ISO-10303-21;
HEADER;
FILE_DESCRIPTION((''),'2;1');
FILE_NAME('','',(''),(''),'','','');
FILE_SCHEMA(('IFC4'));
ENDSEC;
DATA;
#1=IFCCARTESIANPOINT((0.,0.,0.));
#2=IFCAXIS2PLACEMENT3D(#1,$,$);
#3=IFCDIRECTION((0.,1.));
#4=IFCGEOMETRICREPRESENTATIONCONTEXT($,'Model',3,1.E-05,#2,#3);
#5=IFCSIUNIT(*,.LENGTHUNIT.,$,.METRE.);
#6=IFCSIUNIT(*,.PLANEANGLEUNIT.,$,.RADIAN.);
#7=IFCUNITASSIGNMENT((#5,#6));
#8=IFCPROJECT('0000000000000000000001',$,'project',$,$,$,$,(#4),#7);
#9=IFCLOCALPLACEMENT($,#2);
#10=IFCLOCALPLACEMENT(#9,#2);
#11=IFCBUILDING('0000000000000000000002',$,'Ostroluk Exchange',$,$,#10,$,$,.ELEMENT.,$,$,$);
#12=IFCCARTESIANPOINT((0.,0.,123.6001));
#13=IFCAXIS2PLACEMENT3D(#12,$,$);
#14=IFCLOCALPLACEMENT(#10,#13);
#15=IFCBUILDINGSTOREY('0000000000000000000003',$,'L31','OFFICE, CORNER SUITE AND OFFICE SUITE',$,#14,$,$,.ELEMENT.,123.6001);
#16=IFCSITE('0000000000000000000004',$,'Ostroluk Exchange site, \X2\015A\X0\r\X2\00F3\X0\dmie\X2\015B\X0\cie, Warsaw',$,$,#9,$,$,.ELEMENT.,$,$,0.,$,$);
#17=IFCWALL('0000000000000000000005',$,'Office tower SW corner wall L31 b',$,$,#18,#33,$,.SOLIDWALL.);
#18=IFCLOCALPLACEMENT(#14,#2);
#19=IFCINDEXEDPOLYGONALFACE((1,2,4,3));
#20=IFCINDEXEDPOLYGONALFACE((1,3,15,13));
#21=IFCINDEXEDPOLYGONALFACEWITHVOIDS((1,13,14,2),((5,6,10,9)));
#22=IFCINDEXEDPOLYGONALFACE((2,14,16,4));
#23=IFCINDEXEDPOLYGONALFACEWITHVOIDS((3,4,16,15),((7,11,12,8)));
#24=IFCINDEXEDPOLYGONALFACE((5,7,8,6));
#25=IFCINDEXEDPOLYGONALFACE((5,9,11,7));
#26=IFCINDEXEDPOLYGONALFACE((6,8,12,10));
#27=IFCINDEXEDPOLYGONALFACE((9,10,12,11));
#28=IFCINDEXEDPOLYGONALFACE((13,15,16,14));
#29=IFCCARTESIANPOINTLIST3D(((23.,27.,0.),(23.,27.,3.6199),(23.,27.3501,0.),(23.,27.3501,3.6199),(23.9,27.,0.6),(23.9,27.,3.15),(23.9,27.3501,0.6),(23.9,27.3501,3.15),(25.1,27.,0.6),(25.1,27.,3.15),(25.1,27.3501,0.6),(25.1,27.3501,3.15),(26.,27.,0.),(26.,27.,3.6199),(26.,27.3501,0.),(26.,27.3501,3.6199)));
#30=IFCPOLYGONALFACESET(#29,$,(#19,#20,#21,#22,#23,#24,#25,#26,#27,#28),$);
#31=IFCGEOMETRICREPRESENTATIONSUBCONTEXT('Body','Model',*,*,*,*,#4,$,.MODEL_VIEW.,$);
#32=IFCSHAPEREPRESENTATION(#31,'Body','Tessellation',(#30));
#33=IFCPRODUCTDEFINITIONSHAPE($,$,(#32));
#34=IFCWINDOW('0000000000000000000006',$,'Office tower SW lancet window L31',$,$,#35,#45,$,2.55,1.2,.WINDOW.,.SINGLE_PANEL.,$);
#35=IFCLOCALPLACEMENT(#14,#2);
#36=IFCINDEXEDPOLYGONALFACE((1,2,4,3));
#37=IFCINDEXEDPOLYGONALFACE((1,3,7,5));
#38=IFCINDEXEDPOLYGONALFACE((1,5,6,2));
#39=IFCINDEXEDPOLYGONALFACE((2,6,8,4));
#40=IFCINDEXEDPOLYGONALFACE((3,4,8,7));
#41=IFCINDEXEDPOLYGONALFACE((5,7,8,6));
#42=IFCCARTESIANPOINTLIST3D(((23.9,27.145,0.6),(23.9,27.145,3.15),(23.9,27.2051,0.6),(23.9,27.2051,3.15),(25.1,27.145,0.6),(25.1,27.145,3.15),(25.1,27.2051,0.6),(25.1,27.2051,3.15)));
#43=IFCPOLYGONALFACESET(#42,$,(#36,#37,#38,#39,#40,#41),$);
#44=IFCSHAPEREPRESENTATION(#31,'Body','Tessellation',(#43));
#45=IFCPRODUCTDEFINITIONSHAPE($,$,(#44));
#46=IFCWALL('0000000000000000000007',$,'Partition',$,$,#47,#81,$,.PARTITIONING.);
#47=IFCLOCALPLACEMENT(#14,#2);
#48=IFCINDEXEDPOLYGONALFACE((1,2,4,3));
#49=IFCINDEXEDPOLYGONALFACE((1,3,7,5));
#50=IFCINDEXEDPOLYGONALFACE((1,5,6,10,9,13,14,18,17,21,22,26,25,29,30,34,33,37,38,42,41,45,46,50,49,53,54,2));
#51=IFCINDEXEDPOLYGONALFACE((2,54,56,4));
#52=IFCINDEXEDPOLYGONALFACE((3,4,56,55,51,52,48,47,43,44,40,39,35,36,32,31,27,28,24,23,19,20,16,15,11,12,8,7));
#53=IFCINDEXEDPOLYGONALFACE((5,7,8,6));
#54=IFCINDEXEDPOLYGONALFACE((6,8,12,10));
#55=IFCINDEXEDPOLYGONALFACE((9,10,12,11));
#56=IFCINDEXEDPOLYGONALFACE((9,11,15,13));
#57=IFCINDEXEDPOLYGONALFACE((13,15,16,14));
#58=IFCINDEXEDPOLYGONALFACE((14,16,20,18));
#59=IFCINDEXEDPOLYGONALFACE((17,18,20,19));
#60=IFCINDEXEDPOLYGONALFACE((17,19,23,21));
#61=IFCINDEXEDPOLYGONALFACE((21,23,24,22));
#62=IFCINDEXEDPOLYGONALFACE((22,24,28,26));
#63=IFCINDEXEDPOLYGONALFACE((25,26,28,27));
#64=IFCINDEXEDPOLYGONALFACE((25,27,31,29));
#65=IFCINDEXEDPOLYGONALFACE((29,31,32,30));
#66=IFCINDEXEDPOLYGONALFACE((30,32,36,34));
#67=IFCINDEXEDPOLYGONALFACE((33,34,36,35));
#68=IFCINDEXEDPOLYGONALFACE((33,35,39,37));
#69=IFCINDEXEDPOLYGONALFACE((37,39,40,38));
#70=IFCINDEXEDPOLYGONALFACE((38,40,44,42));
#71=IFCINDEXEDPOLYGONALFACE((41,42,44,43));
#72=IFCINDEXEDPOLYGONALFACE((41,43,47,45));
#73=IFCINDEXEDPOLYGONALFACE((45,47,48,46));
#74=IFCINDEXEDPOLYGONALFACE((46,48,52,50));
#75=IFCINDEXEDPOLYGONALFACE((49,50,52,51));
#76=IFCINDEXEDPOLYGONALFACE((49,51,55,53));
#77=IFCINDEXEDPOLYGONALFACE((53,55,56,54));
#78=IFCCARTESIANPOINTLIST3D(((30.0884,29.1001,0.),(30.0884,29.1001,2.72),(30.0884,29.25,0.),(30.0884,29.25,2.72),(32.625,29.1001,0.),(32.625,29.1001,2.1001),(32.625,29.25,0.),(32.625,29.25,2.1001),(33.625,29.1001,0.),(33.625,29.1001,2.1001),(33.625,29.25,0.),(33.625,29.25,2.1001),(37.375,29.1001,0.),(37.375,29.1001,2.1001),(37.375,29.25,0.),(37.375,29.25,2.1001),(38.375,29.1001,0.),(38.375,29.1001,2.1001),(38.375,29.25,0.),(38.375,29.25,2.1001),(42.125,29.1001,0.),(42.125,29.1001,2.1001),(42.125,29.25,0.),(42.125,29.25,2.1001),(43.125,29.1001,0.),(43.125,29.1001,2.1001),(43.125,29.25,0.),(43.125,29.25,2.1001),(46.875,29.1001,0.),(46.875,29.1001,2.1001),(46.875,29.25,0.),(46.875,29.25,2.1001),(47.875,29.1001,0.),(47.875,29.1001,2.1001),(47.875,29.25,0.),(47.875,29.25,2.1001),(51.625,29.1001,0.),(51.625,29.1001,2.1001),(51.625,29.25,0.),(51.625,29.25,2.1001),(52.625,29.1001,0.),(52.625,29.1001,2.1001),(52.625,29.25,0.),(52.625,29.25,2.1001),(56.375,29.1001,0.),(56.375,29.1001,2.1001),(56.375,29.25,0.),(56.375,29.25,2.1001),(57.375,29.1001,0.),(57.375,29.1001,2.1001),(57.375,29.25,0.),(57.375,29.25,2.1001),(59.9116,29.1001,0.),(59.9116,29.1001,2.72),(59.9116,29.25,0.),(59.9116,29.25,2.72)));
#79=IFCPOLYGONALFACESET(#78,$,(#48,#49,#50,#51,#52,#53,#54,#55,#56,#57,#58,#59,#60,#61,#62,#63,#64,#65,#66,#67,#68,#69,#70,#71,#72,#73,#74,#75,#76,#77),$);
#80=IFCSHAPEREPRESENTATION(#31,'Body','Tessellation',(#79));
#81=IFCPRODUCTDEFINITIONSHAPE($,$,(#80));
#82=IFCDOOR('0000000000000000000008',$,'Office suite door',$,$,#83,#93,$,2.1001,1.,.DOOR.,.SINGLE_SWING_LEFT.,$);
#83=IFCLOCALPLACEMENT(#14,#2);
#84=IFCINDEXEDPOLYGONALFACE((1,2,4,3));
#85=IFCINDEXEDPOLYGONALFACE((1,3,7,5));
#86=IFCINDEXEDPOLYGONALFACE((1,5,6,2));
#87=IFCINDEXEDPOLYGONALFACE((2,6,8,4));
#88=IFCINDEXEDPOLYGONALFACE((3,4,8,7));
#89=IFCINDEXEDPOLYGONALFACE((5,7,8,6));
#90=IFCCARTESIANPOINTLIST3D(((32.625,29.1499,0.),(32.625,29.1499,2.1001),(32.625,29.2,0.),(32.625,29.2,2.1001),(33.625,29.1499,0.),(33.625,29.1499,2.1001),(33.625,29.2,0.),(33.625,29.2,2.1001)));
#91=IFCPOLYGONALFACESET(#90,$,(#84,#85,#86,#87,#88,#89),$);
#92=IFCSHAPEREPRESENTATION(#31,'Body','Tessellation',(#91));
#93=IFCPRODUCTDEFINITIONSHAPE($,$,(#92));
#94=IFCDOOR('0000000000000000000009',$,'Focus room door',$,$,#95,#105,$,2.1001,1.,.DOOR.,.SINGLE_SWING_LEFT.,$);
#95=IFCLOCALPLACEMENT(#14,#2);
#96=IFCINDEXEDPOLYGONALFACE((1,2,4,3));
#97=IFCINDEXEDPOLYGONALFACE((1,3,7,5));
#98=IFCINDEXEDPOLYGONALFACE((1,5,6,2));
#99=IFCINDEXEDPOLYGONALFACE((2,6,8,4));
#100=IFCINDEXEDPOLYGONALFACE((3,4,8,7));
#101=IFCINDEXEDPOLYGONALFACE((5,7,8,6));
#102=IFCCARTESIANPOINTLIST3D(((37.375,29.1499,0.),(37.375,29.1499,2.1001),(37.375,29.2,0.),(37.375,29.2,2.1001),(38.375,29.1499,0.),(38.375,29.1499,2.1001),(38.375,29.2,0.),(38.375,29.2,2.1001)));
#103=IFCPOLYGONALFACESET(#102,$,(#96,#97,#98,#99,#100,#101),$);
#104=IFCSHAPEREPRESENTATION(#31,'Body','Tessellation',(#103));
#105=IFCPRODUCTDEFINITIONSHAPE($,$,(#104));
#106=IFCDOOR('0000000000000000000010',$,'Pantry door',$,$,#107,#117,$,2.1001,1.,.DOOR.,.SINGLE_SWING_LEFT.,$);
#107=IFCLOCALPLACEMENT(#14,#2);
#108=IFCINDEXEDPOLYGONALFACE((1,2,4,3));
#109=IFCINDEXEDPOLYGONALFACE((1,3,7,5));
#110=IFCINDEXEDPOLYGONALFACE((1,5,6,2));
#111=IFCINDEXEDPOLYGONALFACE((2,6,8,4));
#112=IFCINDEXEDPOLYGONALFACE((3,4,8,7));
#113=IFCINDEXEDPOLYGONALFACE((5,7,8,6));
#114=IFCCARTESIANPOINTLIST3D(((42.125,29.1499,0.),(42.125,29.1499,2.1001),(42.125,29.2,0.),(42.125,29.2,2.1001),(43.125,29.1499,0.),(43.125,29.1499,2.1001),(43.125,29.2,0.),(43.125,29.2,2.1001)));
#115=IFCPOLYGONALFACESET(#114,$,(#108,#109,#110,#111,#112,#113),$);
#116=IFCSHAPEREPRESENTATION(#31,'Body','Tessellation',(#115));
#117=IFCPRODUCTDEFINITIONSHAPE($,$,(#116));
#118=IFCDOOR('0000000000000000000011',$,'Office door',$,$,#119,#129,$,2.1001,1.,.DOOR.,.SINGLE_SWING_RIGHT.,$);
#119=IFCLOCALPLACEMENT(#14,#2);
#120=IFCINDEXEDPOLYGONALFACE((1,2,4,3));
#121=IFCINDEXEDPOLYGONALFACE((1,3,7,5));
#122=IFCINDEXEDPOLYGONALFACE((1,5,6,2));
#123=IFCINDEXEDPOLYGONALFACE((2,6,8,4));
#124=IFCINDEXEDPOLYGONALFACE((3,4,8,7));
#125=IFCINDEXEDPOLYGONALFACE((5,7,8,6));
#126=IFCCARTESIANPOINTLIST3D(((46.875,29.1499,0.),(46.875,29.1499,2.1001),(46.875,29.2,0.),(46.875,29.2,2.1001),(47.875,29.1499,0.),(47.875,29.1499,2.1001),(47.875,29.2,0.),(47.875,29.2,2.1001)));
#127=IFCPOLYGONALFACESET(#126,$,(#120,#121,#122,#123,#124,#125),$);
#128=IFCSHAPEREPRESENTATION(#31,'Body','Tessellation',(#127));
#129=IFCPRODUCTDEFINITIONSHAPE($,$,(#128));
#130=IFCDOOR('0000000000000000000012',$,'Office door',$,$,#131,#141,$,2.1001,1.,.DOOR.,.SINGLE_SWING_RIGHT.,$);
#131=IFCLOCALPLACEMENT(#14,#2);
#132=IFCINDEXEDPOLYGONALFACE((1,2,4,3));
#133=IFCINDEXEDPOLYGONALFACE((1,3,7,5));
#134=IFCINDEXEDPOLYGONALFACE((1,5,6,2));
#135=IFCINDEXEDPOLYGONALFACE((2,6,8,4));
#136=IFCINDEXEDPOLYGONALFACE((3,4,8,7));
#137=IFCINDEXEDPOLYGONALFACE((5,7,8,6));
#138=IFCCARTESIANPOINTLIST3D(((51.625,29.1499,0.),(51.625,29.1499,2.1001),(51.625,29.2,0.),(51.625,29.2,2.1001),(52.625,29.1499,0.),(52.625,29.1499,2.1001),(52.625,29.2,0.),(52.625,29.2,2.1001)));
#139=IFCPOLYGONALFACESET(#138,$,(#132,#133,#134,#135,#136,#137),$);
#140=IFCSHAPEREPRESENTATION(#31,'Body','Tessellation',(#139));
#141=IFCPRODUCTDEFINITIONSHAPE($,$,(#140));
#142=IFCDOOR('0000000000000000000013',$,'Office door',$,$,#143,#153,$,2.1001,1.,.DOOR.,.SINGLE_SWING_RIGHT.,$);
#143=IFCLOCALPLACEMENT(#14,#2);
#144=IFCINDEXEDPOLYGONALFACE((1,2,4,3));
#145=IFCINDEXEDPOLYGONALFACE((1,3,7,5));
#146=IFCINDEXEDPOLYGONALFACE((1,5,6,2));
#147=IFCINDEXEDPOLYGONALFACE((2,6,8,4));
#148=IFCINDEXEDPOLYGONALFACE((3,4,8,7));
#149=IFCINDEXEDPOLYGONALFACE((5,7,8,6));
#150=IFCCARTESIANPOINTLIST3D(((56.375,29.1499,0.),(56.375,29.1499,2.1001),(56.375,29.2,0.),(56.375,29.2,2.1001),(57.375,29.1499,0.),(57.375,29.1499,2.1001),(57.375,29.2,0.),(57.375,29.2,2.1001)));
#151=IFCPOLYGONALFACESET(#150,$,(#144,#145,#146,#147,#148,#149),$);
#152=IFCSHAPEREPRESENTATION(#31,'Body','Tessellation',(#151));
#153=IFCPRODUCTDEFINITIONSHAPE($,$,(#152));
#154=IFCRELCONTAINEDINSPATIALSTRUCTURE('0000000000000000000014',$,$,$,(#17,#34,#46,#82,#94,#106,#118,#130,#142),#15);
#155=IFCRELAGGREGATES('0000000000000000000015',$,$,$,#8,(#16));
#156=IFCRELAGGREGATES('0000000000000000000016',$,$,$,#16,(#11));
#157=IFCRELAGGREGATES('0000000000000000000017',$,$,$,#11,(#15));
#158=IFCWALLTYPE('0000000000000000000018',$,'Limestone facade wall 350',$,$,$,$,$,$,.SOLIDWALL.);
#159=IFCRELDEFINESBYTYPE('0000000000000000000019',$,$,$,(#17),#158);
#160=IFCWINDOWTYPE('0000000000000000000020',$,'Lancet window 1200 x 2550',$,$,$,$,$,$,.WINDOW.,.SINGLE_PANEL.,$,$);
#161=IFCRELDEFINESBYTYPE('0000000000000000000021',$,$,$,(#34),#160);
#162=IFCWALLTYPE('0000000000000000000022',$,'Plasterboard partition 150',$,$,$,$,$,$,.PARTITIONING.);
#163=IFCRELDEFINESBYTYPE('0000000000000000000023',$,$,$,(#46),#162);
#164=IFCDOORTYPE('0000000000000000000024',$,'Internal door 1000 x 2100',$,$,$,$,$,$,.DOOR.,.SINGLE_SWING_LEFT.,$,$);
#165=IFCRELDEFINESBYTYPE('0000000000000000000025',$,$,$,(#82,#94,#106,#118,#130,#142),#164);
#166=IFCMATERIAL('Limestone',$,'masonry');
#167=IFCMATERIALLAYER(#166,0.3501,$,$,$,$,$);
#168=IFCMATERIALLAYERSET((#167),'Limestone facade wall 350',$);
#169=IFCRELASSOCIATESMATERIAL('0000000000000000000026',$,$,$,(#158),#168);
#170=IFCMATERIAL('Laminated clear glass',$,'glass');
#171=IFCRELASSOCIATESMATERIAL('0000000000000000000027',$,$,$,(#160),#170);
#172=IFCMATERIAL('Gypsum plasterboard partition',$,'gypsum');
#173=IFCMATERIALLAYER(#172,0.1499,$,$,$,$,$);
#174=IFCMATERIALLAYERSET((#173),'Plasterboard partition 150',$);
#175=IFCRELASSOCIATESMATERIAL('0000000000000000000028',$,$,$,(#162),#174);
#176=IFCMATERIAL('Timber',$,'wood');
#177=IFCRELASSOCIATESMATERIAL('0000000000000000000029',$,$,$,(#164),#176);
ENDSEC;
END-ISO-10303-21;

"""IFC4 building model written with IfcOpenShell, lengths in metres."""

from ifc_helpers import new_model, si_unit, direction, frame, frame_2d, origin, place, context, subcontext, project, spatial, rectangle, extrude, material, layer, layer_set, type_object, element, fill, save


model = new_model("IFC4")

# Units and contexts
model_context = context("Model", 3, precision=1e-05, world=origin(), true_north=direction((0.0, 1.0)))
body_context = subcontext(model_context, "Body", "Model", "MODEL_VIEW")
ifc_project = project(units=[si_unit("LENGTHUNIT", "METRE"), si_unit("PLANEANGLEUNIT", "RADIAN")], contexts=[model_context])

# Site, building, storey
site_placement = place(None, origin())
site = spatial("IfcSite", under=ifc_project, at=site_placement, Name="Ostroluk Exchange site, Śródmieście, Warsaw", CompositionType="ELEMENT", RefElevation=0.0)
building_placement = place(site_placement, origin())
building = spatial("IfcBuilding", under=site, at=building_placement, Name="Ostroluk Exchange", CompositionType="ELEMENT")
storey_placement = place(building_placement, frame((0.0, 0.0, 123.6001)))
storey = spatial("IfcBuildingStorey", under=building, at=storey_placement, Name="L31", Description="OFFICE, CORNER SUITE AND OFFICE SUITE", CompositionType="ELEMENT", Elevation=123.6001)

# Shared definitions
ifc_material_1 = material(Name="Limestone", Category="masonry")
ifc_layer_1 = layer(ifc_material_1, 0.3501)
ifc_layer_set_1 = layer_set([ifc_layer_1], Name="Limestone facade wall 350")
wall_type_1 = type_object("IfcWallType", Name="Limestone facade wall 350", PredefinedType="SOLIDWALL", material=ifc_layer_set_1)

# Wall, opening, window
wall_1_placement = place(storey_placement, frame((26.0, 27.175, 0.0), z_axis=(0.0, 0.0, 1.0), x_axis=(-1.0, 0.0, 0.0)))
wall_1 = element("IfcWall", 1, at=wall_1_placement, inside=storey, type_object=wall_type_1, Name="Office tower SW corner wall L31 b", PredefinedType="SOLIDWALL", context=body_context, shape_type="SweptSolid", body=[
    extrude(rectangle(XDim=3.0, YDim=0.3501, at=frame_2d((1.5, 0.0))), origin(), (0.0, 0.0, 1.0), 3.6199),
])
opening_1_placement = place(wall_1_placement, frame((0.8999, 0.0, 0.6001)))
opening_1 = element("IfcOpeningElement", 2, at=opening_1_placement, cuts=wall_1, PredefinedType="OPENING", context=body_context, shape_type="SweptSolid", body=[
    extrude(rectangle(XDim=1.2, YDim=2.55, at=frame_2d((0.6001, 1.2749))), frame((0.0, 0.1851, 0.0), z_axis=(0.0, -1.0, 0.0), x_axis=(1.0, 0.0, 0.0)), (0.0, 0.0, 1.0), 0.3701),
])
ifc_material_2 = material(Name="Laminated clear glass", Category="glass")
window_type = type_object("IfcWindowType", Name="Lancet window 1200 x 2550", PartitioningType="SINGLE_PANEL", PredefinedType="WINDOW", material=ifc_material_2)
window_placement = place(opening_1_placement, origin())
window = element("IfcWindow", 3, at=window_placement, inside=storey, type_object=window_type, Name="Office tower SW lancet window L31", OverallHeight=2.55, OverallWidth=1.2, PartitioningType="SINGLE_PANEL", PredefinedType="WINDOW", context=body_context, shape_type="SweptSolid", body=[
    extrude(rectangle(XDim=1.2, YDim=2.55, at=frame_2d((0.6001, 1.2749))), frame((0.0, 0.03, 0.0), z_axis=(0.0, -1.0, 0.0), x_axis=(1.0, 0.0, 0.0)), (0.0, 0.0, 1.0), 0.0601),
])
fill(opening_1, window)

# Wall, openings, doors
ifc_material_3 = material(Name="Gypsum plasterboard partition", Category="gypsum")
ifc_layer_2 = layer(ifc_material_3, 0.1499)
ifc_layer_set_2 = layer_set([ifc_layer_2], Name="Plasterboard partition 150")
wall_type_2 = type_object("IfcWallType", Name="Plasterboard partition 150", PredefinedType="PARTITIONING", material=ifc_layer_set_2)
wall_2_placement = place(storey_placement, frame((30.0884, 29.175, 0.0), z_axis=(0.0, 0.0, 1.0), x_axis=(1.0, 0.0, 0.0)))
wall_2 = element("IfcWall", 4, at=wall_2_placement, inside=storey, type_object=wall_type_2, Name="Partition", PredefinedType="PARTITIONING", context=body_context, shape_type="SweptSolid", body=[
    extrude(rectangle(XDim=29.8232, YDim=0.1499, at=frame_2d((14.9116, 0.0))), origin(), (0.0, 0.0, 1.0), 2.72),
])
opening_2_placement = place(wall_2_placement, frame((2.5366, 0.0, 0.0)))
opening_2 = element("IfcOpeningElement", 5, at=opening_2_placement, cuts=wall_2, PredefinedType="OPENING", context=body_context, shape_type="SweptSolid", body=[
    extrude(rectangle(XDim=1.0, YDim=2.1001, at=frame_2d((0.5, 1.05))), frame((0.0, 0.085, 0.0), z_axis=(0.0, -1.0, 0.0), x_axis=(1.0, 0.0, 0.0)), (0.0, 0.0, 1.0), 0.1699),
])
opening_3_placement = place(wall_2_placement, frame((7.2866, 0.0, 0.0)))
opening_3 = element("IfcOpeningElement", 6, at=opening_3_placement, cuts=wall_2, PredefinedType="OPENING", context=body_context, shape_type="SweptSolid", body=[
    extrude(rectangle(XDim=1.0, YDim=2.1001, at=frame_2d((0.5, 1.05))), frame((0.0, 0.085, 0.0), z_axis=(0.0, -1.0, 0.0), x_axis=(1.0, 0.0, 0.0)), (0.0, 0.0, 1.0), 0.1699),
])
opening_4_placement = place(wall_2_placement, frame((12.0366, 0.0, 0.0)))
opening_4 = element("IfcOpeningElement", 7, at=opening_4_placement, cuts=wall_2, PredefinedType="OPENING", context=body_context, shape_type="SweptSolid", body=[
    extrude(rectangle(XDim=1.0, YDim=2.1001, at=frame_2d((0.5, 1.05))), frame((0.0, 0.085, 0.0), z_axis=(0.0, -1.0, 0.0), x_axis=(1.0, 0.0, 0.0)), (0.0, 0.0, 1.0), 0.1699),
])
opening_5_placement = place(wall_2_placement, frame((16.7866, 0.0, 0.0)))
opening_5 = element("IfcOpeningElement", 8, at=opening_5_placement, cuts=wall_2, PredefinedType="OPENING", context=body_context, shape_type="SweptSolid", body=[
    extrude(rectangle(XDim=1.0, YDim=2.1001, at=frame_2d((0.5, 1.05))), frame((0.0, 0.085, 0.0), z_axis=(0.0, -1.0, 0.0), x_axis=(1.0, 0.0, 0.0)), (0.0, 0.0, 1.0), 0.1699),
])
opening_6_placement = place(wall_2_placement, frame((21.5366, 0.0, 0.0)))
opening_6 = element("IfcOpeningElement", 9, at=opening_6_placement, cuts=wall_2, PredefinedType="OPENING", context=body_context, shape_type="SweptSolid", body=[
    extrude(rectangle(XDim=1.0, YDim=2.1001, at=frame_2d((0.5, 1.05))), frame((0.0, 0.085, 0.0), z_axis=(0.0, -1.0, 0.0), x_axis=(1.0, 0.0, 0.0)), (0.0, 0.0, 1.0), 0.1699),
])
opening_7_placement = place(wall_2_placement, frame((26.2866, 0.0, 0.0)))
opening_7 = element("IfcOpeningElement", 10, at=opening_7_placement, cuts=wall_2, PredefinedType="OPENING", context=body_context, shape_type="SweptSolid", body=[
    extrude(rectangle(XDim=1.0, YDim=2.1001, at=frame_2d((0.5, 1.05))), frame((0.0, 0.085, 0.0), z_axis=(0.0, -1.0, 0.0), x_axis=(1.0, 0.0, 0.0)), (0.0, 0.0, 1.0), 0.1699),
])
ifc_material_4 = material(Name="Timber", Category="wood")
door_type_1 = type_object("IfcDoorType", Name="Internal door 1000 x 2100", OperationType="SINGLE_SWING_LEFT", PredefinedType="DOOR", material=ifc_material_4)
door_1_placement = place(opening_2_placement, origin())
door_1 = element("IfcDoor", 11, at=door_1_placement, inside=storey, type_object=door_type_1, Name="Office suite door", OperationType="SINGLE_SWING_LEFT", OverallHeight=2.1001, OverallWidth=1.0, PredefinedType="DOOR", context=body_context, shape_type="SweptSolid", body=[
    extrude(rectangle(XDim=1.0, YDim=2.1001, at=frame_2d((0.5, 1.05))), frame((0.0, 0.0249, 0.0), z_axis=(0.0, -1.0, 0.0), x_axis=(1.0, 0.0, 0.0)), (0.0, 0.0, 1.0), 0.05),
])
fill(opening_2, door_1)
door_2_placement = place(opening_3_placement, origin())
door_2 = element("IfcDoor", 12, at=door_2_placement, inside=storey, type_object=door_type_1, Name="Focus room door", OperationType="SINGLE_SWING_LEFT", OverallHeight=2.1001, OverallWidth=1.0, PredefinedType="DOOR", context=body_context, shape_type="SweptSolid", body=[
    extrude(rectangle(XDim=1.0, YDim=2.1001, at=frame_2d((0.5, 1.05))), frame((0.0, 0.0249, 0.0), z_axis=(0.0, -1.0, 0.0), x_axis=(1.0, 0.0, 0.0)), (0.0, 0.0, 1.0), 0.05),
])
fill(opening_3, door_2)
door_3_placement = place(opening_4_placement, origin())
door_3 = element("IfcDoor", 13, at=door_3_placement, inside=storey, type_object=door_type_1, Name="Pantry door", OperationType="SINGLE_SWING_LEFT", OverallHeight=2.1001, OverallWidth=1.0, PredefinedType="DOOR", context=body_context, shape_type="SweptSolid", body=[
    extrude(rectangle(XDim=1.0, YDim=2.1001, at=frame_2d((0.5, 1.05))), frame((0.0, 0.0249, 0.0), z_axis=(0.0, -1.0, 0.0), x_axis=(1.0, 0.0, 0.0)), (0.0, 0.0, 1.0), 0.05),
])
fill(opening_4, door_3)
door_4_placement = place(opening_5_placement, origin())
door_4 = element("IfcDoor", 14, at=door_4_placement, inside=storey, type_object=door_type_1, Name="Office door", OperationType="SINGLE_SWING_RIGHT", OverallHeight=2.1001, OverallWidth=1.0, PredefinedType="DOOR", context=body_context, shape_type="SweptSolid", body=[
    extrude(rectangle(XDim=1.0, YDim=2.1001, at=frame_2d((0.5, 1.05))), frame((0.0, 0.0249, 0.0), z_axis=(0.0, -1.0, 0.0), x_axis=(1.0, 0.0, 0.0)), (0.0, 0.0, 1.0), 0.05),
])
fill(opening_5, door_4)
door_5_placement = place(opening_6_placement, origin())
door_5 = element("IfcDoor", 15, at=door_5_placement, inside=storey, type_object=door_type_1, Name="Office door", OperationType="SINGLE_SWING_RIGHT", OverallHeight=2.1001, OverallWidth=1.0, PredefinedType="DOOR", context=body_context, shape_type="SweptSolid", body=[
    extrude(rectangle(XDim=1.0, YDim=2.1001, at=frame_2d((0.5, 1.05))), frame((0.0, 0.0249, 0.0), z_axis=(0.0, -1.0, 0.0), x_axis=(1.0, 0.0, 0.0)), (0.0, 0.0, 1.0), 0.05),
])
fill(opening_6, door_5)
door_6_placement = place(opening_7_placement, origin())
door_6 = element("IfcDoor", 16, at=door_6_placement, inside=storey, type_object=door_type_1, Name="Office door", OperationType="SINGLE_SWING_RIGHT", OverallHeight=2.1001, OverallWidth=1.0, PredefinedType="DOOR", context=body_context, shape_type="SweptSolid", body=[
    extrude(rectangle(XDim=1.0, YDim=2.1001, at=frame_2d((0.5, 1.05))), frame((0.0, 0.0249, 0.0), z_axis=(0.0, -1.0, 0.0), x_axis=(1.0, 0.0, 0.0)), (0.0, 0.0, 1.0), 0.05),
])
fill(opening_7, door_6)

save(model, "model.ifc")
